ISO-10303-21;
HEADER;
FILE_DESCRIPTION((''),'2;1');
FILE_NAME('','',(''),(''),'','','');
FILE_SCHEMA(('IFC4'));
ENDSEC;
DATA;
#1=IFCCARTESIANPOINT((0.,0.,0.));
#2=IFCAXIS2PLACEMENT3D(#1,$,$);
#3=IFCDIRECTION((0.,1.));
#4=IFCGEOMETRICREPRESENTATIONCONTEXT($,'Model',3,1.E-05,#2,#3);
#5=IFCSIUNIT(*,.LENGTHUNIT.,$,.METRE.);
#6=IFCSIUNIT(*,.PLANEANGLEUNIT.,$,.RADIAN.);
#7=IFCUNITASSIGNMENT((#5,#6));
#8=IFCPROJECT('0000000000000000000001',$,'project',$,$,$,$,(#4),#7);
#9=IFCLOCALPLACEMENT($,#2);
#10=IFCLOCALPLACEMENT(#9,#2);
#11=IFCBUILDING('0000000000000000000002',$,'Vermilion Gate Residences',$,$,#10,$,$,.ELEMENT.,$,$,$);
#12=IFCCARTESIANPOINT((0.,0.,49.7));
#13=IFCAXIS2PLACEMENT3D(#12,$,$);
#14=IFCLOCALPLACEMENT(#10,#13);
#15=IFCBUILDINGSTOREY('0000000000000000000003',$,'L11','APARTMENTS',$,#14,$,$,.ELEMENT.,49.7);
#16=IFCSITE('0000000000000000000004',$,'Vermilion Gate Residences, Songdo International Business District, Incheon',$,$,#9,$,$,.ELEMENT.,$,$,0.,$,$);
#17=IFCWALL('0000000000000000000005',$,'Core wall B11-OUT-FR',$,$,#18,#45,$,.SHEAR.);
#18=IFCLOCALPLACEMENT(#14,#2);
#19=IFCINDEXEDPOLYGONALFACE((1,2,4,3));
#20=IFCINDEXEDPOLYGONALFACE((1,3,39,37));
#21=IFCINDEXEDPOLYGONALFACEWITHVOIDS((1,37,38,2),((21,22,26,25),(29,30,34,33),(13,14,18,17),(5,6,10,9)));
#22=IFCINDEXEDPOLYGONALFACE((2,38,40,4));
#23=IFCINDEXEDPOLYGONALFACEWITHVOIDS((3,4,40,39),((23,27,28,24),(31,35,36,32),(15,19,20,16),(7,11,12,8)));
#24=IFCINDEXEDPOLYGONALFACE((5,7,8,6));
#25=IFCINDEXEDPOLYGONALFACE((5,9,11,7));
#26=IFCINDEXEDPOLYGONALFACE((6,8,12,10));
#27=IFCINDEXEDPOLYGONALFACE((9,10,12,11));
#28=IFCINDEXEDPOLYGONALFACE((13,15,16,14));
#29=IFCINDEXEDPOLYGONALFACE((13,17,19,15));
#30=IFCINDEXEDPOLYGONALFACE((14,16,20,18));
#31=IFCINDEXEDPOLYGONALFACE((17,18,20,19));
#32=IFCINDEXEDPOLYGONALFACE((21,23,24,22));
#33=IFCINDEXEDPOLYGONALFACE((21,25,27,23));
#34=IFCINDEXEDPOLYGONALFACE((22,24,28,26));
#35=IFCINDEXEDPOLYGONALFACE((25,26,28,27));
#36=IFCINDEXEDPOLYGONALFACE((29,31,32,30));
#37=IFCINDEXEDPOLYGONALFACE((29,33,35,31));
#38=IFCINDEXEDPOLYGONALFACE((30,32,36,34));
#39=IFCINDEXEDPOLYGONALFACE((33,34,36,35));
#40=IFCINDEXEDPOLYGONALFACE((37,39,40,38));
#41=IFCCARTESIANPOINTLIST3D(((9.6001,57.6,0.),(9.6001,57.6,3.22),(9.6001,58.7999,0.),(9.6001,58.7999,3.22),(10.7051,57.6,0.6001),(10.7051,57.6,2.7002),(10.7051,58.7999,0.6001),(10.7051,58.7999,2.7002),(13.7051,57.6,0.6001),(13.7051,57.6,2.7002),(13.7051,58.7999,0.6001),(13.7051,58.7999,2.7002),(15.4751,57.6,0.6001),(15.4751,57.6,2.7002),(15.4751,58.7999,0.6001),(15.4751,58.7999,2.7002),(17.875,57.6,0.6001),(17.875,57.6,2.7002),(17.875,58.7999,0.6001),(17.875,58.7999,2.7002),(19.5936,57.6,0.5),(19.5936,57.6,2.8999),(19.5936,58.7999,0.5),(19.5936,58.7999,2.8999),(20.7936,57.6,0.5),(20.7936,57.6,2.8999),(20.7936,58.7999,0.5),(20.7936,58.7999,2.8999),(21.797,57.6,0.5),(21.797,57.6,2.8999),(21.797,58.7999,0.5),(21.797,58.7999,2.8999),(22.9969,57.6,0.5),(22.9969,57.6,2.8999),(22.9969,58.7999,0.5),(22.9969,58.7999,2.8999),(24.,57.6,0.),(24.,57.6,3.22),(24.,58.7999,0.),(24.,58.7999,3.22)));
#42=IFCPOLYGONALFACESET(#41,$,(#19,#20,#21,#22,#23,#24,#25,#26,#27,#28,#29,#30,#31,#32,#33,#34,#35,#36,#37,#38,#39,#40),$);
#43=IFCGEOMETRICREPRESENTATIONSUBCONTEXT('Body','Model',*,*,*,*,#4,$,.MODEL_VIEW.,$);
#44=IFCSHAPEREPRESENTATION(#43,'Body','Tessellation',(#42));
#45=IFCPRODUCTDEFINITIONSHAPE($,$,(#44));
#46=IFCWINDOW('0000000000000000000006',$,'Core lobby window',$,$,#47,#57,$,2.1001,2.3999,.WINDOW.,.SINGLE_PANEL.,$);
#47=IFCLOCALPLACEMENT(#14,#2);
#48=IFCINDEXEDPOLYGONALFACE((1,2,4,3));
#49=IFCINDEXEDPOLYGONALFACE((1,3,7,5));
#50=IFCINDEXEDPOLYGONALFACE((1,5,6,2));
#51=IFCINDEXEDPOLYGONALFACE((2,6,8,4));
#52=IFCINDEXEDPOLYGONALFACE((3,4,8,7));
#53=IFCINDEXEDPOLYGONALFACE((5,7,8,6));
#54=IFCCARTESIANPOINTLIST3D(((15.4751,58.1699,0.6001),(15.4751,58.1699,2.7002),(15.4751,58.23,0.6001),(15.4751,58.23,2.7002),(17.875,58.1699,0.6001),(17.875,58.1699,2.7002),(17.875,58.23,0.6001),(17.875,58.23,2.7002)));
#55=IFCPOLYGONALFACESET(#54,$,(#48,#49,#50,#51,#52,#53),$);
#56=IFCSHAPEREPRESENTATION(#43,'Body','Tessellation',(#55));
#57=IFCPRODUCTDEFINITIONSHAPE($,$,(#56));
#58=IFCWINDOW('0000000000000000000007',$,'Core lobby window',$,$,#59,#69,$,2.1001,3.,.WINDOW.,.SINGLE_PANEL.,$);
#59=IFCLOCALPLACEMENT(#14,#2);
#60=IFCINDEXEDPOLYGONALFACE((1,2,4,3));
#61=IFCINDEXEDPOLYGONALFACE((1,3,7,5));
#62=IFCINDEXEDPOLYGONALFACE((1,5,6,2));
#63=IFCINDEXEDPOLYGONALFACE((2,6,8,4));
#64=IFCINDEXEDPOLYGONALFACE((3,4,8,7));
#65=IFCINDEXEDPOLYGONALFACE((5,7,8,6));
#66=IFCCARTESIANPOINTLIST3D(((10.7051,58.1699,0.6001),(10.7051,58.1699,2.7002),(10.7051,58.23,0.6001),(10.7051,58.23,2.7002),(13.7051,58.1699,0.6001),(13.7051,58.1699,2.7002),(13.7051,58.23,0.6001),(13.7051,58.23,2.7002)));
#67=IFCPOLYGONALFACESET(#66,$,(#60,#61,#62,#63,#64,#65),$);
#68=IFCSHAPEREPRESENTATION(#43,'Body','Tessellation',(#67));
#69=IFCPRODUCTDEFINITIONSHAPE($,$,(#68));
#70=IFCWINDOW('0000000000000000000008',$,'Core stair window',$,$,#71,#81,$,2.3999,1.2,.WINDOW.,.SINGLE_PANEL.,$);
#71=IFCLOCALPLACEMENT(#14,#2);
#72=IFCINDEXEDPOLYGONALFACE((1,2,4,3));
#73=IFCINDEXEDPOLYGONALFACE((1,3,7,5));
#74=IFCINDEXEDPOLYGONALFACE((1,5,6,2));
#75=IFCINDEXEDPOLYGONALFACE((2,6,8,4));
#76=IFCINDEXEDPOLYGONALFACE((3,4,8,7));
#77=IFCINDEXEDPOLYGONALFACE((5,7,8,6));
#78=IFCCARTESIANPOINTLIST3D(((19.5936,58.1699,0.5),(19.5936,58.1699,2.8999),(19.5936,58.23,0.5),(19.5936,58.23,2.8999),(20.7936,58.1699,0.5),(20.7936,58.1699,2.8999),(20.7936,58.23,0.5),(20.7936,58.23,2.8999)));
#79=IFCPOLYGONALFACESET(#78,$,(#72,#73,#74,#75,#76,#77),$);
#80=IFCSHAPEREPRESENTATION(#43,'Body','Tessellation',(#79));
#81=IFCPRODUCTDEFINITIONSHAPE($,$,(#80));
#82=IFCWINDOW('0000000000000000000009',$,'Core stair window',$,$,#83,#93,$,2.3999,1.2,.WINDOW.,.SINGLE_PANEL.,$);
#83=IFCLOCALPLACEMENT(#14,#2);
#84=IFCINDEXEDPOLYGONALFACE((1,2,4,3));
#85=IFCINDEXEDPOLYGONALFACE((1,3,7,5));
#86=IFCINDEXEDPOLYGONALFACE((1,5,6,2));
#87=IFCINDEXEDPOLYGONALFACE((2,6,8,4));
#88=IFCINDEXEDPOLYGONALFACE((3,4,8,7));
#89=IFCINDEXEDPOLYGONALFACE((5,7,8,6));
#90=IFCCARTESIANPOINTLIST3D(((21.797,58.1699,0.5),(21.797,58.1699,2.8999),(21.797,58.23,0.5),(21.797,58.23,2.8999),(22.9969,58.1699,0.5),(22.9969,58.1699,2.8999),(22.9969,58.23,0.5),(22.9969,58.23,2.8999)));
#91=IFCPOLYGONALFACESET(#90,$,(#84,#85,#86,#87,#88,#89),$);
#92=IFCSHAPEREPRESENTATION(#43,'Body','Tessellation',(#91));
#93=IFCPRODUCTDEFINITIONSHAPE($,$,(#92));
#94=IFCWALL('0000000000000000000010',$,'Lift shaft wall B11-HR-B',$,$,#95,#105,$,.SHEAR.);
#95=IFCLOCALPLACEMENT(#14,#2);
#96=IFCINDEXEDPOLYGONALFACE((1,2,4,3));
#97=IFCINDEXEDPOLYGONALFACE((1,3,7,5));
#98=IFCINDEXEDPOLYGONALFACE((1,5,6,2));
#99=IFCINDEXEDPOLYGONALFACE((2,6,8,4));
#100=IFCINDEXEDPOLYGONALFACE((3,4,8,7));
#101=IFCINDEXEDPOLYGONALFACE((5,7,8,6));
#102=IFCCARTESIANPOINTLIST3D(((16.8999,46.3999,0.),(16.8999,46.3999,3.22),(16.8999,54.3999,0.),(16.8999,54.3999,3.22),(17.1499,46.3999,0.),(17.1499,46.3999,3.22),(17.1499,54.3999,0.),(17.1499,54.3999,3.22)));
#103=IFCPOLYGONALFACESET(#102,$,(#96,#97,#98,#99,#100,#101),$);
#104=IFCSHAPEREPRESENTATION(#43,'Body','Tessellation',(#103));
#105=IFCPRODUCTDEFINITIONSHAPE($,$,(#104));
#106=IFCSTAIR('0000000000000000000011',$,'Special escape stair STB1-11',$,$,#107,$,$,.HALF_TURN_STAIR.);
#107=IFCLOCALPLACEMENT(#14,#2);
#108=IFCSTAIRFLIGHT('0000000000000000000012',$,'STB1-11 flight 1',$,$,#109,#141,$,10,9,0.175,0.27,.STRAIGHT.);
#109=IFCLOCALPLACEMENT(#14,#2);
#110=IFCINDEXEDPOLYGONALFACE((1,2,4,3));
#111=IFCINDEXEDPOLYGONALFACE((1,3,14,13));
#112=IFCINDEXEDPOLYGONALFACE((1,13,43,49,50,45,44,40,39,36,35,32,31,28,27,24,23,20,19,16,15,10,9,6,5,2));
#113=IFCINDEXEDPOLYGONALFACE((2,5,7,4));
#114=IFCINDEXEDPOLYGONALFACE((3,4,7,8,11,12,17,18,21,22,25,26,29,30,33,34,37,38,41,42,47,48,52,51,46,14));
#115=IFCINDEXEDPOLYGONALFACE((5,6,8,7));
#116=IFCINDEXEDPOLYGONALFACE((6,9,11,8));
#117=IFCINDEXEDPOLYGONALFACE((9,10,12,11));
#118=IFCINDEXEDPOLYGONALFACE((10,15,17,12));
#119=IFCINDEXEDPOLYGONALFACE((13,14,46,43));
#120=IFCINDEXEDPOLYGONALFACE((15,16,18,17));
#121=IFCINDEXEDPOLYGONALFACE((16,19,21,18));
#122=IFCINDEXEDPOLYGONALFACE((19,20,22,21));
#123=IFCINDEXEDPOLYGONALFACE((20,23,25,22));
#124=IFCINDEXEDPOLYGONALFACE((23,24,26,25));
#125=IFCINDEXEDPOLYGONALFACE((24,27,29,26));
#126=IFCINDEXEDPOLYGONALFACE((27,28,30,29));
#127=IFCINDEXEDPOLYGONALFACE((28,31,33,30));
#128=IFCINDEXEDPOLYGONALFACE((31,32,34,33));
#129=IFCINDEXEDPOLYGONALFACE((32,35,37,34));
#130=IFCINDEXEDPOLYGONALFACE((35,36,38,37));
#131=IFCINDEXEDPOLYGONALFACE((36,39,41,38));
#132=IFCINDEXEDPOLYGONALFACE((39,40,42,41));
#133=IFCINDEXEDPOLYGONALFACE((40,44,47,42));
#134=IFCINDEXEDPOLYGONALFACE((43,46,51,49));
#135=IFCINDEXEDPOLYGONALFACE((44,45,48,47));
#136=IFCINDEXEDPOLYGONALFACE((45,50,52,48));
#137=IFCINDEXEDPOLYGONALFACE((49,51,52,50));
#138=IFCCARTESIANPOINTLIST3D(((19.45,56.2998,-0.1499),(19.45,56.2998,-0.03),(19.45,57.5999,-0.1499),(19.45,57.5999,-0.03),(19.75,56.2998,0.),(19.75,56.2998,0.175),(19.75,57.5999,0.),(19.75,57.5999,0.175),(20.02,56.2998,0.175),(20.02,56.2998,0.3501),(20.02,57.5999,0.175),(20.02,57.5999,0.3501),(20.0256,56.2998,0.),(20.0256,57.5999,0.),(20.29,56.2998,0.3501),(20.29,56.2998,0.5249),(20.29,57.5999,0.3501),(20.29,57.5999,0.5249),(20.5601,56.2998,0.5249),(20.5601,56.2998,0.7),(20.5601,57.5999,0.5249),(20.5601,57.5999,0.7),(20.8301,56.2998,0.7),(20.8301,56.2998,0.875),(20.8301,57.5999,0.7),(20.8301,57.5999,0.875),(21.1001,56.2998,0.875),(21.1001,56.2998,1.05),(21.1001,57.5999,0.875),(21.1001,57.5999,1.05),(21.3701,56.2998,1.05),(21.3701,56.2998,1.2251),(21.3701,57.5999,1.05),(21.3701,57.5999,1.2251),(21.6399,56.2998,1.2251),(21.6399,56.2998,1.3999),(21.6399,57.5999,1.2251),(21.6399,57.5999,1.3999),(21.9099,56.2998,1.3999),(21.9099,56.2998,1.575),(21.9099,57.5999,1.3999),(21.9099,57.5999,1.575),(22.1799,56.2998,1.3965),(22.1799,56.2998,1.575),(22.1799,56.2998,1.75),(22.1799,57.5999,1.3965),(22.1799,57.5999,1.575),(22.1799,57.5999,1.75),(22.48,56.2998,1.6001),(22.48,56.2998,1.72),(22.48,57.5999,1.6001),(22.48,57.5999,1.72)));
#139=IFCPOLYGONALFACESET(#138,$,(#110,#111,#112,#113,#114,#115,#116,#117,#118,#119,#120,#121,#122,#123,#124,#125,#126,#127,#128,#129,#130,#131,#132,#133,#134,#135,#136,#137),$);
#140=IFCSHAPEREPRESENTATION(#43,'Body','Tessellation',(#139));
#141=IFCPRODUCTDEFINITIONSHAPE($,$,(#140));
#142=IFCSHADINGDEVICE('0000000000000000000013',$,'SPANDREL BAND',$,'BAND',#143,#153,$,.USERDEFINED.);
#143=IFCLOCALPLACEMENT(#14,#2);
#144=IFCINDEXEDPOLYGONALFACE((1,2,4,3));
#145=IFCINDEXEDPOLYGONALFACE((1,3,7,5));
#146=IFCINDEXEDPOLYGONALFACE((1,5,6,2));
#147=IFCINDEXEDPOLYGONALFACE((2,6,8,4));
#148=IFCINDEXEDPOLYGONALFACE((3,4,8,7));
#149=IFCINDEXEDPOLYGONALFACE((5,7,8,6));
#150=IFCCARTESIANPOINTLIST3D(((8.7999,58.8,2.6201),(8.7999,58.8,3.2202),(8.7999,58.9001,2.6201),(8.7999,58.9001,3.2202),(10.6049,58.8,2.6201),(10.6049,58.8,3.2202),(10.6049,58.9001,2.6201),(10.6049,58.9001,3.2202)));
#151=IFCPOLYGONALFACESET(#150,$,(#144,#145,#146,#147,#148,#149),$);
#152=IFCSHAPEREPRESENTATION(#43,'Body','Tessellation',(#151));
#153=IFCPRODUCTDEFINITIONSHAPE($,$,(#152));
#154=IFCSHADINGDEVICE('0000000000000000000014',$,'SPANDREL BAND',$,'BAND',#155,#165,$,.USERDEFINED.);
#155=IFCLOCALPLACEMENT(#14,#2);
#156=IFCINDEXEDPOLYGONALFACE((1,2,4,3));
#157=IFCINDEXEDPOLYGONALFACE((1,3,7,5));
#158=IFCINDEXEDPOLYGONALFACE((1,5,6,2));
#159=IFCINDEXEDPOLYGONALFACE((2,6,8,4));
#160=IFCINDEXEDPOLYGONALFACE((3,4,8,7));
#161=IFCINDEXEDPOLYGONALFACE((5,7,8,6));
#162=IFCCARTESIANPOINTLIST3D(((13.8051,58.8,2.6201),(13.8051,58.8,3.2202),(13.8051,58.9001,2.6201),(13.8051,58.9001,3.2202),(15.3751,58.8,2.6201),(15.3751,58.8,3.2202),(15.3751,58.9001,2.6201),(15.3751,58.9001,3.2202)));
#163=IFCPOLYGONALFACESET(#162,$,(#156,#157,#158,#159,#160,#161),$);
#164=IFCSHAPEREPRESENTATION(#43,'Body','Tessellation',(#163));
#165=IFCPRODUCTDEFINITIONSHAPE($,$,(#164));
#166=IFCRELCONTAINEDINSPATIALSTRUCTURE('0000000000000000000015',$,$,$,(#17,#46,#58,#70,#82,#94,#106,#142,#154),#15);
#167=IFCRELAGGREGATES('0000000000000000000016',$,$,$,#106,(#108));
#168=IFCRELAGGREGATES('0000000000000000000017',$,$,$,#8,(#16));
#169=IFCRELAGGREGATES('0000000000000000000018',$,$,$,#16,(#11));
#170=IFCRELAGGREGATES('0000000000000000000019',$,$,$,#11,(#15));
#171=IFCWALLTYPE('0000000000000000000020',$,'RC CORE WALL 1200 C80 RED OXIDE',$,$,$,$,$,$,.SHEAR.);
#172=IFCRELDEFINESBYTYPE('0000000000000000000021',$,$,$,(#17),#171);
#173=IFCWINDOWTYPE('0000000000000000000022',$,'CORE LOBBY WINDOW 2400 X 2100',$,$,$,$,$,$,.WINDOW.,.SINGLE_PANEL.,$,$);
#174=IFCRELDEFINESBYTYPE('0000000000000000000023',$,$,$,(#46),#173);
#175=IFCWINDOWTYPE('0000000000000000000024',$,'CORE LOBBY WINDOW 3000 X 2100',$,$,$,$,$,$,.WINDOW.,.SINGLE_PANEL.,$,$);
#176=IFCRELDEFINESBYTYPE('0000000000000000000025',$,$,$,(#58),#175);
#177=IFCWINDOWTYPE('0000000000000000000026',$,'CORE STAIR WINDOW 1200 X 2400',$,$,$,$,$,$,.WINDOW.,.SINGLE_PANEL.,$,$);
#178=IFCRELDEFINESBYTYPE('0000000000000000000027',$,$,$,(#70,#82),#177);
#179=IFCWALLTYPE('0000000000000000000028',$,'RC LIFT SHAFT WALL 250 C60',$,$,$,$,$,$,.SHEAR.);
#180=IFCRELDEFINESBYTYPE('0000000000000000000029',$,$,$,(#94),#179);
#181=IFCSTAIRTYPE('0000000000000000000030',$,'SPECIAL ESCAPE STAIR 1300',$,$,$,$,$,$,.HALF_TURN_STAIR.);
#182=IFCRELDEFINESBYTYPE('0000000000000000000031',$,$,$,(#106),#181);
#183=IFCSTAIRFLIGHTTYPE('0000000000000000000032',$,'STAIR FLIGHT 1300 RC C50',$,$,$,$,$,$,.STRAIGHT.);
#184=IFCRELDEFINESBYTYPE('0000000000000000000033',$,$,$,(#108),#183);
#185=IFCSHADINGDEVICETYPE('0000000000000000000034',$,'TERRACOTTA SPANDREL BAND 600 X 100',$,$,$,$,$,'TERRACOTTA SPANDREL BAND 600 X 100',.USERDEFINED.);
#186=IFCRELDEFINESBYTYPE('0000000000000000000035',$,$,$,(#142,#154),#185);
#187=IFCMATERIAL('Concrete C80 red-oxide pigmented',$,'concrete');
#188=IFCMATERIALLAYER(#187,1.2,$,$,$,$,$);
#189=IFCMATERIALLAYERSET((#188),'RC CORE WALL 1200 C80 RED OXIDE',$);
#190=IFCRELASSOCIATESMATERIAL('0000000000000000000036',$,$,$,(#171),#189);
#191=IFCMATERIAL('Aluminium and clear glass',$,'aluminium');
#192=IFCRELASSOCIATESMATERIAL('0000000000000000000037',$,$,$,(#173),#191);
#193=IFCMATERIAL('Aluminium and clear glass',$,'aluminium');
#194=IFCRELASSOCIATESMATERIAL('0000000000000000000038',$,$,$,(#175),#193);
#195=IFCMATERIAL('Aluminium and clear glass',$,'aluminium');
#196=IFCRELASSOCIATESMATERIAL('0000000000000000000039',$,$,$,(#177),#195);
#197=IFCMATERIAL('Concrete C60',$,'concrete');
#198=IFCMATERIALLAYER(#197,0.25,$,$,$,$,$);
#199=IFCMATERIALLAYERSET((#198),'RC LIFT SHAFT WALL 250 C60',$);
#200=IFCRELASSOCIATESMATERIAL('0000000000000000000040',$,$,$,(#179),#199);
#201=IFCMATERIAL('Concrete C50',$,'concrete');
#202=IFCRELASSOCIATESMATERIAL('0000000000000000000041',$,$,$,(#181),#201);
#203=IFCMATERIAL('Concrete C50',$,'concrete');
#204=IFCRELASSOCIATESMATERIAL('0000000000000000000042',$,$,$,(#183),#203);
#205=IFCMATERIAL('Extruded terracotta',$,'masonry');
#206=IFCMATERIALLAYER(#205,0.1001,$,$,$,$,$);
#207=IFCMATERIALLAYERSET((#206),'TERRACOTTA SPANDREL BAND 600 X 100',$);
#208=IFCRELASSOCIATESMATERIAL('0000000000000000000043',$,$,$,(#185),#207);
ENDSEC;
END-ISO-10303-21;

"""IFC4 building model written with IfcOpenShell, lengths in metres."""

from ifc_helpers import new_model, si_unit, direction, frame, frame_2d, origin, origin_2d, place, context, subcontext, project, spatial, polyline, rectangle, outline, extrude, material, layer, layer_set, type_object, element, fill, aggregate, save


model = new_model("IFC4")

# Units and contexts
model_context = context("Model", 3, precision=1e-05, world=origin(), true_north=direction((0.0, 1.0)))
body_context = subcontext(model_context, "Body", "Model", "MODEL_VIEW")
ifc_project = project(units=[si_unit("LENGTHUNIT", "METRE"), si_unit("PLANEANGLEUNIT", "RADIAN")], contexts=[model_context])

# Site, building, storey
site_placement = place(None, origin())
site = spatial("IfcSite", under=ifc_project, at=site_placement, Name="Vermilion Gate Residences, Songdo International Business District, Incheon", CompositionType="ELEMENT", RefElevation=0.0)
building_placement = place(site_placement, origin())
building = spatial("IfcBuilding", under=site, at=building_placement, Name="Vermilion Gate Residences", CompositionType="ELEMENT")
storey_placement = place(building_placement, frame((0.0, 0.0, 49.7)))
storey = spatial("IfcBuildingStorey", under=building, at=storey_placement, Name="L11", Description="APARTMENTS", CompositionType="ELEMENT", Elevation=49.7)

# Wall, openings, windows
ifc_material_1 = material(Name="Concrete C80 red-oxide pigmented", Category="concrete")
ifc_layer_1 = layer(ifc_material_1, 1.2)
ifc_layer_set_1 = layer_set([ifc_layer_1], Name="RC CORE WALL 1200 C80 RED OXIDE")
wall_type_1 = type_object("IfcWallType", Name="RC CORE WALL 1200 C80 RED OXIDE", PredefinedType="SHEAR", material=ifc_layer_set_1)
wall_1_placement = place(storey_placement, frame((9.6001, 58.2, 0.0), z_axis=(0.0, 0.0, 1.0), x_axis=(1.0, 0.0, 0.0)))
wall_1 = element("IfcWall", 1, at=wall_1_placement, inside=storey, type_object=wall_type_1, Name="Core wall B11-OUT-FR", PredefinedType="SHEAR", context=body_context, shape_type="SweptSolid", body=[
    extrude(rectangle(XDim=14.3999, YDim=1.2, at=frame_2d((7.2, 0.0))), origin(), (0.0, 0.0, 1.0), 3.22),
])
opening_1_placement = place(wall_1_placement, frame((1.105, 0.0, 0.6001)))
opening_1 = element("IfcOpeningElement", 2, at=opening_1_placement, cuts=wall_1, PredefinedType="OPENING", context=body_context, shape_type="SweptSolid", body=[
    extrude(rectangle(XDim=3.0, YDim=2.1001, at=frame_2d((1.5, 1.05))), frame((0.0, 0.6099, 0.0), z_axis=(0.0, -1.0, 0.0), x_axis=(1.0, 0.0, 0.0)), (0.0, 0.0, 1.0), 1.22),
])
opening_2_placement = place(wall_1_placement, frame((5.875, 0.0, 0.6001)))
opening_2 = element("IfcOpeningElement", 3, at=opening_2_placement, cuts=wall_1, PredefinedType="OPENING", context=body_context, shape_type="SweptSolid", body=[
    extrude(rectangle(XDim=2.3999, YDim=2.1001, at=frame_2d((1.2, 1.05))), frame((0.0, 0.6099, 0.0), z_axis=(0.0, -1.0, 0.0), x_axis=(1.0, 0.0, 0.0)), (0.0, 0.0, 1.0), 1.22),
])
opening_3_placement = place(wall_1_placement, frame((9.9934, 0.0, 0.5)))
opening_3 = element("IfcOpeningElement", 4, at=opening_3_placement, cuts=wall_1, PredefinedType="OPENING", context=body_context, shape_type="SweptSolid", body=[
    extrude(rectangle(XDim=1.2, YDim=2.3999, at=frame_2d((0.6001, 1.2))), frame((0.0, 0.6099, 0.0), z_axis=(0.0, -1.0, 0.0), x_axis=(1.0, 0.0, 0.0)), (0.0, 0.0, 1.0), 1.22),
])
opening_4_placement = place(wall_1_placement, frame((12.1968, 0.0, 0.5)))
opening_4 = element("IfcOpeningElement", 5, at=opening_4_placement, cuts=wall_1, PredefinedType="OPENING", context=body_context, shape_type="SweptSolid", body=[
    extrude(rectangle(XDim=1.2, YDim=2.3999, at=frame_2d((0.6001, 1.2))), frame((0.0, 0.6099, 0.0), z_axis=(0.0, -1.0, 0.0), x_axis=(1.0, 0.0, 0.0)), (0.0, 0.0, 1.0), 1.22),
])
ifc_material_2 = material(Name="Aluminium and clear glass", Category="aluminium")
window_type_1 = type_object("IfcWindowType", Name="CORE LOBBY WINDOW 2400 X 2100", PartitioningType="SINGLE_PANEL", PredefinedType="WINDOW", material=ifc_material_2)
window_1_placement = place(opening_2_placement, origin())
window_1 = element("IfcWindow", 6, at=window_1_placement, inside=storey, type_object=window_type_1, Name="Core lobby window", OverallHeight=2.1001, OverallWidth=2.3999, PartitioningType="SINGLE_PANEL", PredefinedType="WINDOW", context=body_context, shape_type="SweptSolid", body=[
    extrude(rectangle(XDim=2.3999, YDim=2.1001, at=frame_2d((1.2, 1.05))), frame((0.0, 0.03, 0.0), z_axis=(0.0, -1.0, 0.0), x_axis=(1.0, 0.0, 0.0)), (0.0, 0.0, 1.0), 0.0601),
])
fill(opening_2, window_1)
ifc_material_3 = material(Name="Aluminium and clear glass", Category="aluminium")
window_type_2 = type_object("IfcWindowType", Name="CORE LOBBY WINDOW 3000 X 2100", PartitioningType="SINGLE_PANEL", PredefinedType="WINDOW", material=ifc_material_3)
window_2_placement = place(opening_1_placement, origin())
window_2 = element("IfcWindow", 7, at=window_2_placement, inside=storey, type_object=window_type_2, Name="Core lobby window", OverallHeight=2.1001, OverallWidth=3.0, PartitioningType="SINGLE_PANEL", PredefinedType="WINDOW", context=body_context, shape_type="SweptSolid", body=[
    extrude(rectangle(XDim=3.0, YDim=2.1001, at=frame_2d((1.5, 1.05))), frame((0.0, 0.03, 0.0), z_axis=(0.0, -1.0, 0.0), x_axis=(1.0, 0.0, 0.0)), (0.0, 0.0, 1.0), 0.0601),
])
fill(opening_1, window_2)
ifc_material_4 = material(Name="Aluminium and clear glass", Category="aluminium")
window_type_3 = type_object("IfcWindowType", Name="CORE STAIR WINDOW 1200 X 2400", PartitioningType="SINGLE_PANEL", PredefinedType="WINDOW", material=ifc_material_4)
window_3_placement = place(opening_3_placement, origin())
window_3 = element("IfcWindow", 8, at=window_3_placement, inside=storey, type_object=window_type_3, Name="Core stair window", OverallHeight=2.3999, OverallWidth=1.2, PartitioningType="SINGLE_PANEL", PredefinedType="WINDOW", context=body_context, shape_type="SweptSolid", body=[
    extrude(rectangle(XDim=1.2, YDim=2.3999, at=frame_2d((0.6001, 1.2))), frame((0.0, 0.03, 0.0), z_axis=(0.0, -1.0, 0.0), x_axis=(1.0, 0.0, 0.0)), (0.0, 0.0, 1.0), 0.0601),
])
fill(opening_3, window_3)
window_4_placement = place(opening_4_placement, origin())
window_4 = element("IfcWindow", 9, at=window_4_placement, inside=storey, type_object=window_type_3, Name="Core stair window", OverallHeight=2.3999, OverallWidth=1.2, PartitioningType="SINGLE_PANEL", PredefinedType="WINDOW", context=body_context, shape_type="SweptSolid", body=[
    extrude(rectangle(XDim=1.2, YDim=2.3999, at=frame_2d((0.6001, 1.2))), frame((0.0, 0.03, 0.0), z_axis=(0.0, -1.0, 0.0), x_axis=(1.0, 0.0, 0.0)), (0.0, 0.0, 1.0), 0.0601),
])
fill(opening_4, window_4)

# Wall
ifc_material_5 = material(Name="Concrete C60", Category="concrete")
ifc_layer_2 = layer(ifc_material_5, 0.25)
ifc_layer_set_2 = layer_set([ifc_layer_2], Name="RC LIFT SHAFT WALL 250 C60")
wall_type_2 = type_object("IfcWallType", Name="RC LIFT SHAFT WALL 250 C60", PredefinedType="SHEAR", material=ifc_layer_set_2)
wall_2_placement = place(storey_placement, frame((17.0249, 54.3999, 0.0), z_axis=(0.0, 0.0, 1.0), x_axis=(0.0, -1.0, 0.0)))
element("IfcWall", 10, at=wall_2_placement, inside=storey, type_object=wall_type_2, Name="Lift shaft wall B11-HR-B", PredefinedType="SHEAR", context=body_context, shape_type="SweptSolid", body=[
    extrude(rectangle(XDim=8.0, YDim=0.25, at=frame_2d((4.0, 0.0))), origin(), (0.0, 0.0, 1.0), 3.22),
])

# Stair, stair flight
ifc_material_6 = material(Name="Concrete C50", Category="concrete")
stair_type = type_object("IfcStairType", Name="SPECIAL ESCAPE STAIR 1300", PredefinedType="HALF_TURN_STAIR", material=ifc_material_6)
stair_placement = place(storey_placement, origin())
stair = element("IfcStair", 11, at=stair_placement, inside=storey, type_object=stair_type, Name="Special escape stair STB1-11", PredefinedType="HALF_TURN_STAIR")
ifc_material_7 = material(Name="Concrete C50", Category="concrete")
stair_flight_type = type_object("IfcStairFlightType", Name="STAIR FLIGHT 1300 RC C50", PredefinedType="STRAIGHT", material=ifc_material_7)
stair_flight_placement = place(storey_placement, frame((19.75, 56.95, 0.0), z_axis=(0.0, 0.0, 1.0), x_axis=(1.0, 0.0, 0.0)))
stair_flight = element("IfcStairFlight", 12, at=stair_flight_placement, type_object=stair_flight_type, Name="STB1-11 flight 1", NumberOfRisers=10, NumberOfTreads=9, PredefinedType="STRAIGHT", RiserHeight=0.175, TreadLength=0.27, context=body_context, shape_type="SweptSolid", body=[
    extrude(outline(polyline([(-0.3, -0.1499), (-0.3, -0.03), (0.0, 0.0), (0.0, 0.175), (0.27, 0.175), (0.27, 0.3501), (0.54, 0.3501), (0.54, 0.5249), (0.8101, 0.5249), (0.8101, 0.7), (1.0801, 0.7), (1.0801, 0.875), (1.3501, 0.875), (1.3501, 1.05), (1.6201, 1.05), (1.6201, 1.2251), (1.8899, 1.2251), (1.8899, 1.3999), (2.1599, 1.3999), (2.1599, 1.575), (2.4299, 1.575), (2.4299, 1.75), (2.73, 1.72), (2.73, 1.6001), (2.4299, 1.3965), (0.2756, 0.0), (-0.3, -0.1499)])), frame((0.0, 0.6499, 0.0), z_axis=(0.0, -1.0, 0.0), x_axis=(1.0, 0.0, 0.0)), (0.0, 0.0, 1.0), 1.3),
])
aggregate(stair, [stair_flight])

# Shading devices
ifc_material_8 = material(Name="Extruded terracotta", Category="masonry")
ifc_layer_3 = layer(ifc_material_8, 0.1001)
ifc_layer_set_3 = layer_set([ifc_layer_3], Name="TERRACOTTA SPANDREL BAND 600 X 100")
shading_device_type = type_object("IfcShadingDeviceType", Name="TERRACOTTA SPANDREL BAND 600 X 100", ElementType="TERRACOTTA SPANDREL BAND 600 X 100", PredefinedType="USERDEFINED", material=ifc_layer_set_3)
shading_device_1_placement = place(storey_placement, frame((9.7024, 58.8501, 2.6201), z_axis=(0.0, 0.0, 1.0), x_axis=(1.0, 0.0, 0.0)))
element("IfcShadingDevice", 13, at=shading_device_1_placement, inside=storey, type_object=shading_device_type, Name="SPANDREL BAND", ObjectType="BAND", PredefinedType="USERDEFINED", context=body_context, shape_type="SweptSolid", body=[
    extrude(rectangle(XDim=1.8049, YDim=0.1001, at=origin_2d()), origin(), (0.0, 0.0, 1.0), 0.6001),
])
shading_device_2_placement = place(storey_placement, frame((14.5901, 58.8501, 2.6201), z_axis=(0.0, 0.0, 1.0), x_axis=(1.0, 0.0, 0.0)))
element("IfcShadingDevice", 14, at=shading_device_2_placement, inside=storey, type_object=shading_device_type, Name="SPANDREL BAND", ObjectType="BAND", PredefinedType="USERDEFINED", context=body_context, shape_type="SweptSolid", body=[
    extrude(rectangle(XDim=1.5701, YDim=0.1001, at=origin_2d()), origin(), (0.0, 0.0, 1.0), 0.6001),
])

save(model, "model.ifc")
